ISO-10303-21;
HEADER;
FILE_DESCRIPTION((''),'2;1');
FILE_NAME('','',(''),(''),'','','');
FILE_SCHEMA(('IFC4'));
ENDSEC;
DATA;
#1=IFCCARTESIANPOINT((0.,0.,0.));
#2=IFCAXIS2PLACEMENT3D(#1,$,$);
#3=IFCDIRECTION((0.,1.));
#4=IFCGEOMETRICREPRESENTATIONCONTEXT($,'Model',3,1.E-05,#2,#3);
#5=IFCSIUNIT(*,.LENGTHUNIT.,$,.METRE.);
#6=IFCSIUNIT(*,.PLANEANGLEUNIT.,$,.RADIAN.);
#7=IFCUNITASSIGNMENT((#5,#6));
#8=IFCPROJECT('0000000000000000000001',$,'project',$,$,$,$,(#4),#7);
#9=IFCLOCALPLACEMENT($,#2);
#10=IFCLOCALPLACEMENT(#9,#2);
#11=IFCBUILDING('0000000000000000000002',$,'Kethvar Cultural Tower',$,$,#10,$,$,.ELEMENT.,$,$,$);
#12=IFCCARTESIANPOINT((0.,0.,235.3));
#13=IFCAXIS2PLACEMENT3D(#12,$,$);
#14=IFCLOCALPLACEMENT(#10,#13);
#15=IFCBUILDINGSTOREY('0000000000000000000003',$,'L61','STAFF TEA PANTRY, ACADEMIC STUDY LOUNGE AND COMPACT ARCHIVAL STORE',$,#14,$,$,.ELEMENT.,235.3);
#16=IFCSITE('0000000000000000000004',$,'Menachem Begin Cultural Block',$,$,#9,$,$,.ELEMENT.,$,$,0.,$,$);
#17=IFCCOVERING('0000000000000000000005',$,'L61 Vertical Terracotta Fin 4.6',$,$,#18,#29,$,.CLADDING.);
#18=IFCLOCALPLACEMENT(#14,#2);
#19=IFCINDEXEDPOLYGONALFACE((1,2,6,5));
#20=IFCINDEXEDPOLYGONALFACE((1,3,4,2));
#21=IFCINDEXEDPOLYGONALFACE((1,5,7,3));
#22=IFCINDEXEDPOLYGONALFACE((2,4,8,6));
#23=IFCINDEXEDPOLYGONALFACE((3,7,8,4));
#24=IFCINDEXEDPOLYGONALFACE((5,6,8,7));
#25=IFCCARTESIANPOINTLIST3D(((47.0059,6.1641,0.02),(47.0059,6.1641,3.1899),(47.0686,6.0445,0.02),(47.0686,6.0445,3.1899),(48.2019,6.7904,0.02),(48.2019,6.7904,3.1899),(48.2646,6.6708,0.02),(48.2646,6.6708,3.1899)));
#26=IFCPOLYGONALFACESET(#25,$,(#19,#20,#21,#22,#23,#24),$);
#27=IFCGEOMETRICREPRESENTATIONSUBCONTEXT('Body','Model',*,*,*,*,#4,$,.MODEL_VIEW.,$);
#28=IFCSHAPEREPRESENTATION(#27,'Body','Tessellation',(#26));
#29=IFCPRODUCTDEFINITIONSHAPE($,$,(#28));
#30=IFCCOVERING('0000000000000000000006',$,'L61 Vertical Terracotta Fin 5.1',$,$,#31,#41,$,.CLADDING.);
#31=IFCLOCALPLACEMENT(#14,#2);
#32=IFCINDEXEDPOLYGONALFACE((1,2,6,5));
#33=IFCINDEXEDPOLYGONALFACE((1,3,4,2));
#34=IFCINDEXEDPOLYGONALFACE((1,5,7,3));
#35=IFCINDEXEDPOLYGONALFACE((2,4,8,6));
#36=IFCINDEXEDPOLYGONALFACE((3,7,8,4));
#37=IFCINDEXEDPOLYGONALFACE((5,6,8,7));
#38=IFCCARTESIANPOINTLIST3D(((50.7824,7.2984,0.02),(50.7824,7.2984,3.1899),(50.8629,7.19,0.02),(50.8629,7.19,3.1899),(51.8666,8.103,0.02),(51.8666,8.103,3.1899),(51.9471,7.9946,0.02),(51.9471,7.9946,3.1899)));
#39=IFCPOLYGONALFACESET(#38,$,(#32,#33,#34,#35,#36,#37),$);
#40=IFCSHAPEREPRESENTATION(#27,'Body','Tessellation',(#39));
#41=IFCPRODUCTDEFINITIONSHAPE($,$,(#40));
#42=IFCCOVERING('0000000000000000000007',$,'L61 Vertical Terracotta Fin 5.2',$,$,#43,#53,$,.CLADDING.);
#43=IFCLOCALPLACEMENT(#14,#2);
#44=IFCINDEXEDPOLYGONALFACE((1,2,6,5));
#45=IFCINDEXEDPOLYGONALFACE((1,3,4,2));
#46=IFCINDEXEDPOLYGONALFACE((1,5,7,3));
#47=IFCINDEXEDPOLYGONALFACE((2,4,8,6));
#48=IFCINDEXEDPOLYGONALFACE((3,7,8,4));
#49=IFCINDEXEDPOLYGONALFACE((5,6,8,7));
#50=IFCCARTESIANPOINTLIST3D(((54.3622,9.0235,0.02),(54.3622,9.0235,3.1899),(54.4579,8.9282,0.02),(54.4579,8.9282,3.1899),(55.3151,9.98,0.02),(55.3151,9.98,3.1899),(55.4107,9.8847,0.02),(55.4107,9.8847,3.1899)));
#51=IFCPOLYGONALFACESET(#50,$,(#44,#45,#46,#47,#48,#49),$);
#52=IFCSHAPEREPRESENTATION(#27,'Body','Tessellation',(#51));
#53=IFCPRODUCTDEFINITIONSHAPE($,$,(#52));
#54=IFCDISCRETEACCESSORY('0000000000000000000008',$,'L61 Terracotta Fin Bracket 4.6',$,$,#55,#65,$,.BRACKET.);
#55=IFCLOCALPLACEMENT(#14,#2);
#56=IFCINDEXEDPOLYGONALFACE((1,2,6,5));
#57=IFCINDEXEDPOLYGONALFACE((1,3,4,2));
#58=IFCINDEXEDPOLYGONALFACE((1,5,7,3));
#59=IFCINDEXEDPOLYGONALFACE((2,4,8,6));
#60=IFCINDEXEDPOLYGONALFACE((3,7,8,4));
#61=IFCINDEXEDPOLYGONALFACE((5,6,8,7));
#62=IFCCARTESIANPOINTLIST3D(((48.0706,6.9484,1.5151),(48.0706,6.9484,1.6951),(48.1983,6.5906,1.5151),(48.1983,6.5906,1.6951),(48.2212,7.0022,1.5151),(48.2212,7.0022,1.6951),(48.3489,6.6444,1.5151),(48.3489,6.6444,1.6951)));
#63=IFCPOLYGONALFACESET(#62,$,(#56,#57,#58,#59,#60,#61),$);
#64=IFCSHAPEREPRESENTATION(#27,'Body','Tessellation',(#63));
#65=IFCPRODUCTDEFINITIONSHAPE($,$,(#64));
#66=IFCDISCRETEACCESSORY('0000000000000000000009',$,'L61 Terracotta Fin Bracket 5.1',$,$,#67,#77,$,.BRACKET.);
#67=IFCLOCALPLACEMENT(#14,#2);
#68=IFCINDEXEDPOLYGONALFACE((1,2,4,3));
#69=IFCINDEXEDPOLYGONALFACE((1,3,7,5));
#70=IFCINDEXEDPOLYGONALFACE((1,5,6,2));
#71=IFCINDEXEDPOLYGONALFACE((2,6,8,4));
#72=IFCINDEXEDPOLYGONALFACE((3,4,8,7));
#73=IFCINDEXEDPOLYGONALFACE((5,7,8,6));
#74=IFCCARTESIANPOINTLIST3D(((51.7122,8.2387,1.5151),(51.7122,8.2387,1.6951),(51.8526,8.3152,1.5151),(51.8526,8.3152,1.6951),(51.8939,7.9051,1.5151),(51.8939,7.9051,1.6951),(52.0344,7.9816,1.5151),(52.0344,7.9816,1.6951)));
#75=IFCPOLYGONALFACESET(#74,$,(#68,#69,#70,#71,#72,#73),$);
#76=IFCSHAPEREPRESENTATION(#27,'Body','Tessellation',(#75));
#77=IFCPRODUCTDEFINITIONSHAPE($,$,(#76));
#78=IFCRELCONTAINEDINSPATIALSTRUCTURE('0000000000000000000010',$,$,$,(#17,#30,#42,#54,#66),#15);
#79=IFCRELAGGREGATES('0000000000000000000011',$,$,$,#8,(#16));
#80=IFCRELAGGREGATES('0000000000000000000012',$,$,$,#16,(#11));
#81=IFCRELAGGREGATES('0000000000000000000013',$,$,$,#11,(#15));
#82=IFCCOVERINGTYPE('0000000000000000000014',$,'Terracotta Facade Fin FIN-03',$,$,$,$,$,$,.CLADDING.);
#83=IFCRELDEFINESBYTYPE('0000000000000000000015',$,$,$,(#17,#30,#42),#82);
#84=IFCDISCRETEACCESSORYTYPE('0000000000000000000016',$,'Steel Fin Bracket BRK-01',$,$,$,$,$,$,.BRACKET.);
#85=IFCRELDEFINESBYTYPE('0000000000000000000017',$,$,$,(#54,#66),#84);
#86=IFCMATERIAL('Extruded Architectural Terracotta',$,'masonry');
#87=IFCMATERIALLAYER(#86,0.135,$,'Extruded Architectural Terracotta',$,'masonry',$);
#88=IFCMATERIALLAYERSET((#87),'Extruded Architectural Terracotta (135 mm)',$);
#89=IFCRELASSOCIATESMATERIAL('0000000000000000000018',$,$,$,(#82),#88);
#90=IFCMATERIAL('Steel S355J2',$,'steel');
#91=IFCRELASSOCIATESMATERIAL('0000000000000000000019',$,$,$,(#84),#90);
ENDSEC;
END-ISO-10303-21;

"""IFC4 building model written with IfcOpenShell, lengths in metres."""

from ifc_helpers import new_model, si_unit, direction, frame, origin, origin_2d, place, context, subcontext, project, spatial, rectangle, extrude, source, transform, mapped, material, layer, layer_set, type_object, element, save


model = new_model("IFC4")

# Units and contexts
model_context = context("Model", 3, precision=1e-05, world=origin(), true_north=direction((0.0, 1.0)))
body_context = subcontext(model_context, "Body", "Model", "MODEL_VIEW")
ifc_project = project(units=[si_unit("LENGTHUNIT", "METRE"), si_unit("PLANEANGLEUNIT", "RADIAN")], contexts=[model_context])

# Site, building, storey
site_placement = place(None, origin())
site = spatial("IfcSite", under=ifc_project, at=site_placement, Name="Menachem Begin Cultural Block", CompositionType="ELEMENT", RefElevation=0.0)
building_placement = place(site_placement, origin())
building = spatial("IfcBuilding", under=site, at=building_placement, Name="Kethvar Cultural Tower", CompositionType="ELEMENT")
storey_placement = place(building_placement, frame((0.0, 0.0, 235.3)))
storey = spatial("IfcBuildingStorey", under=building, at=storey_placement, Name="L61", Description="STAFF TEA PANTRY, ACADEMIC STUDY LOUNGE AND COMPACT ARCHIVAL STORE", CompositionType="ELEMENT", Elevation=235.3)

# Shared definitions
ifc_material_1 = material(Name="Steel S355J2", Category="steel")

# Coverings
ifc_material_2 = material(Name="Extruded Architectural Terracotta", Category="masonry")
ifc_layer_1 = layer(ifc_material_2, 0.135, Name="Extruded Architectural Terracotta", Category="masonry")
ifc_layer_set_1 = layer_set([ifc_layer_1], Name="Extruded Architectural Terracotta (135 mm)")
covering_type = type_object("IfcCoveringType", Name="Terracotta Facade Fin FIN-03", PredefinedType="CLADDING", material=ifc_layer_set_1)
shared_shape_1 = source(origin(), body_context, "Body", "SweptSolid", [
    extrude(rectangle(XDim=1.3501, YDim=0.135, at=origin_2d()), origin(), (0.0, 0.0, 1.0), 3.1699),
])
for number, where, z_axis, x_axis, name in (
    (1, (47.6353, 6.4175, 0.02), (0.0, 0.0, 1.0), (-0.88588, -0.463915, 0.0), "L61 Vertical Terracotta Fin 4.6"),
    (2, (51.3647, 7.6465, 0.02), (0.0, 0.0, 1.0), (-0.803026, -0.595945, 0.0), "L61 Vertical Terracotta Fin 5.1"),
    (3, (54.8865, 9.4541, 0.02), (0.0, 0.0, 1.0), (-0.705748, -0.708463, 0.0), "L61 Vertical Terracotta Fin 5.2"),
):
    element("IfcCovering", number, at=place(storey_placement, frame(where, z_axis=z_axis, x_axis=x_axis)), inside=storey, type_object=covering_type, Name=name, PredefinedType="CLADDING", context=body_context, shape_type="MappedRepresentation", body=[
        mapped(shared_shape_1, transform((0.0, 0.0, 0.0), scale=1.0)),
    ])

# Discrete accessories
discrete_accessory_type = type_object("IfcDiscreteAccessoryType", Name="Steel Fin Bracket BRK-01", PredefinedType="BRACKET", material=ifc_material_1)
shared_shape_2 = source(origin(), body_context, "Body", "SweptSolid", [
    extrude(rectangle(XDim=0.3799, YDim=0.1599, at=origin_2d()), origin(), (0.0, 0.0, 1.0), 0.1799),
])
for number, where, z_axis, x_axis, name in (
    (4, (48.2097, 6.7964, 1.5151), (0.0, 0.0, 1.0), (0.336109, -0.941823, 0.0), "L61 Terracotta Fin Bracket 4.6"),
    (5, (51.8733, 8.1101, 1.5151), (0.0, 0.0, 1.0), (0.478385, -0.87815, 0.0), "L61 Terracotta Fin Bracket 5.1"),
):
    element("IfcDiscreteAccessory", number, at=place(storey_placement, frame(where, z_axis=z_axis, x_axis=x_axis)), inside=storey, type_object=discrete_accessory_type, Name=name, PredefinedType="BRACKET", context=body_context, shape_type="MappedRepresentation", body=[
        mapped(shared_shape_2, transform((0.0, 0.0, 0.0), scale=1.0)),
    ])

save(model, "model.ifc")
